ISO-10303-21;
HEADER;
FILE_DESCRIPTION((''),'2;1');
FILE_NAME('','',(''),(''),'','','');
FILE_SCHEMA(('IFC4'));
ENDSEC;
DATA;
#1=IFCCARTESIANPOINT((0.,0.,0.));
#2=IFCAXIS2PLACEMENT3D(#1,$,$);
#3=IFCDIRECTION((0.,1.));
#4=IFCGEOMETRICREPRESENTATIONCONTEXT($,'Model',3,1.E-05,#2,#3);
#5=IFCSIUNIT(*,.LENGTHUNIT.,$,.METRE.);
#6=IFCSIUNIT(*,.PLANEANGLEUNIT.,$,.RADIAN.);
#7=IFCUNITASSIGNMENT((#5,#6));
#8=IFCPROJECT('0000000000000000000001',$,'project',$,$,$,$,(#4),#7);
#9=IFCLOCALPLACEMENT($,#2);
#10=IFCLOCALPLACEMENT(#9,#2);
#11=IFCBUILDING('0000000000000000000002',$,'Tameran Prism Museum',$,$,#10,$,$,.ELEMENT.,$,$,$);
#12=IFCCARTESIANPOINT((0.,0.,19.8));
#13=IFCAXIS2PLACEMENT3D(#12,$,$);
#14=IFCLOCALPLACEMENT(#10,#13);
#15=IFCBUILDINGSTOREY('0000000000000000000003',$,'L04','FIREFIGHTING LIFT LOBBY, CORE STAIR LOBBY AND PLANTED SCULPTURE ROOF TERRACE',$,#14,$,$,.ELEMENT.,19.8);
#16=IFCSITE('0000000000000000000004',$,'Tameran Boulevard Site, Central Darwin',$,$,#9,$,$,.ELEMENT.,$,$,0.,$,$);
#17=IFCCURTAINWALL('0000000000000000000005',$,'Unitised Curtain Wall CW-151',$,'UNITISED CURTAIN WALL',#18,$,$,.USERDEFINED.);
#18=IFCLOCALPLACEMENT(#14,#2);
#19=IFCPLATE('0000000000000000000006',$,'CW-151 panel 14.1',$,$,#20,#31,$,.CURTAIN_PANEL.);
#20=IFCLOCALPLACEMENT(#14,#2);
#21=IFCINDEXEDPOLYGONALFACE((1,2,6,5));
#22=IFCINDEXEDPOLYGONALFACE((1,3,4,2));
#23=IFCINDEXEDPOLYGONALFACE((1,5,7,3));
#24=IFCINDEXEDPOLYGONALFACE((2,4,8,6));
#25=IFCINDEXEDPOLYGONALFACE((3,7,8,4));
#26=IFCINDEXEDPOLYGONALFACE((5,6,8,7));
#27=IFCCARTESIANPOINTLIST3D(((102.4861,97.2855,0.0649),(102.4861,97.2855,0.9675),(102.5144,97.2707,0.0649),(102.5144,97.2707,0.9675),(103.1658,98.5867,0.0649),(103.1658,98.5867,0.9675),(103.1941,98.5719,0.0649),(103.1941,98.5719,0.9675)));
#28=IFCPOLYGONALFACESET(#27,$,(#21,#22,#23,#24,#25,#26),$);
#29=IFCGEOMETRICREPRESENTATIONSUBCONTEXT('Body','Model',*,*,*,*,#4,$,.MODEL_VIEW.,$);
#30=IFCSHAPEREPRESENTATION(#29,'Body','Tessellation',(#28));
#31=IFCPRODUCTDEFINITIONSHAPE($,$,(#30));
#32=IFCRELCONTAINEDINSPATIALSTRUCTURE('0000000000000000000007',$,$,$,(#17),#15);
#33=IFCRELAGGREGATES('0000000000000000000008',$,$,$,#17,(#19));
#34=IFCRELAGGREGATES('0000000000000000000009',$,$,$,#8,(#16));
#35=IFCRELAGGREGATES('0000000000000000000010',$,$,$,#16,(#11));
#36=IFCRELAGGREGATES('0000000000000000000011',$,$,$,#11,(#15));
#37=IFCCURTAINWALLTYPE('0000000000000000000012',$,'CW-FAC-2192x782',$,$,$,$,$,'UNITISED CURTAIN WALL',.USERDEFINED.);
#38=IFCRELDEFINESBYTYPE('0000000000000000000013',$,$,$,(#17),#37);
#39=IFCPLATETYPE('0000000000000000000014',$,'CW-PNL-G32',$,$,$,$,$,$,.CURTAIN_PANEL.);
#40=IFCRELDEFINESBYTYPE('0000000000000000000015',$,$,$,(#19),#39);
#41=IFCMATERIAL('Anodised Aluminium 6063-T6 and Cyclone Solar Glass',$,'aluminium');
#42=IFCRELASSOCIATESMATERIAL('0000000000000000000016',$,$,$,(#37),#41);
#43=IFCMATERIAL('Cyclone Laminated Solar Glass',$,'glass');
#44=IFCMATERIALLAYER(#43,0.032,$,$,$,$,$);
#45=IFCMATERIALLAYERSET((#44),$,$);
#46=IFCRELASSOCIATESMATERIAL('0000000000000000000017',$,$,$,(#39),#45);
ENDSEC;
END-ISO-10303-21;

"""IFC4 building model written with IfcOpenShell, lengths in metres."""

from ifc_helpers import new_model, si_unit, direction, frame, origin, origin_2d, place, context, subcontext, project, spatial, rectangle, extrude, material, layer, layer_set, type_object, element, aggregate, save


model = new_model("IFC4")

# Units and contexts
model_context = context("Model", 3, precision=1e-05, world=origin(), true_north=direction((0.0, 1.0)))
body_context = subcontext(model_context, "Body", "Model", "MODEL_VIEW")
ifc_project = project(units=[si_unit("LENGTHUNIT", "METRE"), si_unit("PLANEANGLEUNIT", "RADIAN")], contexts=[model_context])

# Site, building, storey
site_placement = place(None, origin())
site = spatial("IfcSite", under=ifc_project, at=site_placement, Name="Tameran Boulevard Site, Central Darwin", CompositionType="ELEMENT", RefElevation=0.0)
building_placement = place(site_placement, origin())
building = spatial("IfcBuilding", under=site, at=building_placement, Name="Tameran Prism Museum", CompositionType="ELEMENT")
storey_placement = place(building_placement, frame((0.0, 0.0, 19.8)))
storey = spatial("IfcBuildingStorey", under=building, at=storey_placement, Name="L04", Description="FIREFIGHTING LIFT LOBBY, CORE STAIR LOBBY AND PLANTED SCULPTURE ROOF TERRACE", CompositionType="ELEMENT", Elevation=19.8)

# Curtain wall, plate
ifc_material_1 = material(Name="Anodised Aluminium 6063-T6 and Cyclone Solar Glass", Category="aluminium")
curtain_wall_type = type_object("IfcCurtainWallType", Name="CW-FAC-2192x782", ElementType="UNITISED CURTAIN WALL", PredefinedType="USERDEFINED", material=ifc_material_1)
curtain_wall_placement = place(storey_placement, origin())
curtain_wall = element("IfcCurtainWall", 1, at=curtain_wall_placement, inside=storey, type_object=curtain_wall_type, Name="Unitised Curtain Wall CW-151", ObjectType="UNITISED CURTAIN WALL", PredefinedType="USERDEFINED")
ifc_material_2 = material(Name="Cyclone Laminated Solar Glass", Category="glass")
ifc_layer = layer(ifc_material_2, 0.032)
ifc_layer_set = layer_set([ifc_layer])
plate_type = type_object("IfcPlateType", Name="CW-PNL-G32", PredefinedType="CURTAIN_PANEL", material=ifc_layer_set)
plate_1_placement = place(storey_placement, frame((102.8401, 97.9287, 0.0649), z_axis=(0.0, 0.0, 1.0), x_axis=(0.463003, 0.886357, 0.0)))
plate_1 = element("IfcPlate", 2, at=plate_1_placement, type_object=plate_type, Name="CW-151 panel 14.1", PredefinedType="CURTAIN_PANEL", context=body_context, shape_type="SweptSolid", body=[
    extrude(rectangle(XDim=1.468, YDim=0.032, at=origin_2d()), origin(), (0.0, 0.0, 1.0), 0.9026),
])
aggregate(curtain_wall, [plate_1])

save(model, "model.ifc")
